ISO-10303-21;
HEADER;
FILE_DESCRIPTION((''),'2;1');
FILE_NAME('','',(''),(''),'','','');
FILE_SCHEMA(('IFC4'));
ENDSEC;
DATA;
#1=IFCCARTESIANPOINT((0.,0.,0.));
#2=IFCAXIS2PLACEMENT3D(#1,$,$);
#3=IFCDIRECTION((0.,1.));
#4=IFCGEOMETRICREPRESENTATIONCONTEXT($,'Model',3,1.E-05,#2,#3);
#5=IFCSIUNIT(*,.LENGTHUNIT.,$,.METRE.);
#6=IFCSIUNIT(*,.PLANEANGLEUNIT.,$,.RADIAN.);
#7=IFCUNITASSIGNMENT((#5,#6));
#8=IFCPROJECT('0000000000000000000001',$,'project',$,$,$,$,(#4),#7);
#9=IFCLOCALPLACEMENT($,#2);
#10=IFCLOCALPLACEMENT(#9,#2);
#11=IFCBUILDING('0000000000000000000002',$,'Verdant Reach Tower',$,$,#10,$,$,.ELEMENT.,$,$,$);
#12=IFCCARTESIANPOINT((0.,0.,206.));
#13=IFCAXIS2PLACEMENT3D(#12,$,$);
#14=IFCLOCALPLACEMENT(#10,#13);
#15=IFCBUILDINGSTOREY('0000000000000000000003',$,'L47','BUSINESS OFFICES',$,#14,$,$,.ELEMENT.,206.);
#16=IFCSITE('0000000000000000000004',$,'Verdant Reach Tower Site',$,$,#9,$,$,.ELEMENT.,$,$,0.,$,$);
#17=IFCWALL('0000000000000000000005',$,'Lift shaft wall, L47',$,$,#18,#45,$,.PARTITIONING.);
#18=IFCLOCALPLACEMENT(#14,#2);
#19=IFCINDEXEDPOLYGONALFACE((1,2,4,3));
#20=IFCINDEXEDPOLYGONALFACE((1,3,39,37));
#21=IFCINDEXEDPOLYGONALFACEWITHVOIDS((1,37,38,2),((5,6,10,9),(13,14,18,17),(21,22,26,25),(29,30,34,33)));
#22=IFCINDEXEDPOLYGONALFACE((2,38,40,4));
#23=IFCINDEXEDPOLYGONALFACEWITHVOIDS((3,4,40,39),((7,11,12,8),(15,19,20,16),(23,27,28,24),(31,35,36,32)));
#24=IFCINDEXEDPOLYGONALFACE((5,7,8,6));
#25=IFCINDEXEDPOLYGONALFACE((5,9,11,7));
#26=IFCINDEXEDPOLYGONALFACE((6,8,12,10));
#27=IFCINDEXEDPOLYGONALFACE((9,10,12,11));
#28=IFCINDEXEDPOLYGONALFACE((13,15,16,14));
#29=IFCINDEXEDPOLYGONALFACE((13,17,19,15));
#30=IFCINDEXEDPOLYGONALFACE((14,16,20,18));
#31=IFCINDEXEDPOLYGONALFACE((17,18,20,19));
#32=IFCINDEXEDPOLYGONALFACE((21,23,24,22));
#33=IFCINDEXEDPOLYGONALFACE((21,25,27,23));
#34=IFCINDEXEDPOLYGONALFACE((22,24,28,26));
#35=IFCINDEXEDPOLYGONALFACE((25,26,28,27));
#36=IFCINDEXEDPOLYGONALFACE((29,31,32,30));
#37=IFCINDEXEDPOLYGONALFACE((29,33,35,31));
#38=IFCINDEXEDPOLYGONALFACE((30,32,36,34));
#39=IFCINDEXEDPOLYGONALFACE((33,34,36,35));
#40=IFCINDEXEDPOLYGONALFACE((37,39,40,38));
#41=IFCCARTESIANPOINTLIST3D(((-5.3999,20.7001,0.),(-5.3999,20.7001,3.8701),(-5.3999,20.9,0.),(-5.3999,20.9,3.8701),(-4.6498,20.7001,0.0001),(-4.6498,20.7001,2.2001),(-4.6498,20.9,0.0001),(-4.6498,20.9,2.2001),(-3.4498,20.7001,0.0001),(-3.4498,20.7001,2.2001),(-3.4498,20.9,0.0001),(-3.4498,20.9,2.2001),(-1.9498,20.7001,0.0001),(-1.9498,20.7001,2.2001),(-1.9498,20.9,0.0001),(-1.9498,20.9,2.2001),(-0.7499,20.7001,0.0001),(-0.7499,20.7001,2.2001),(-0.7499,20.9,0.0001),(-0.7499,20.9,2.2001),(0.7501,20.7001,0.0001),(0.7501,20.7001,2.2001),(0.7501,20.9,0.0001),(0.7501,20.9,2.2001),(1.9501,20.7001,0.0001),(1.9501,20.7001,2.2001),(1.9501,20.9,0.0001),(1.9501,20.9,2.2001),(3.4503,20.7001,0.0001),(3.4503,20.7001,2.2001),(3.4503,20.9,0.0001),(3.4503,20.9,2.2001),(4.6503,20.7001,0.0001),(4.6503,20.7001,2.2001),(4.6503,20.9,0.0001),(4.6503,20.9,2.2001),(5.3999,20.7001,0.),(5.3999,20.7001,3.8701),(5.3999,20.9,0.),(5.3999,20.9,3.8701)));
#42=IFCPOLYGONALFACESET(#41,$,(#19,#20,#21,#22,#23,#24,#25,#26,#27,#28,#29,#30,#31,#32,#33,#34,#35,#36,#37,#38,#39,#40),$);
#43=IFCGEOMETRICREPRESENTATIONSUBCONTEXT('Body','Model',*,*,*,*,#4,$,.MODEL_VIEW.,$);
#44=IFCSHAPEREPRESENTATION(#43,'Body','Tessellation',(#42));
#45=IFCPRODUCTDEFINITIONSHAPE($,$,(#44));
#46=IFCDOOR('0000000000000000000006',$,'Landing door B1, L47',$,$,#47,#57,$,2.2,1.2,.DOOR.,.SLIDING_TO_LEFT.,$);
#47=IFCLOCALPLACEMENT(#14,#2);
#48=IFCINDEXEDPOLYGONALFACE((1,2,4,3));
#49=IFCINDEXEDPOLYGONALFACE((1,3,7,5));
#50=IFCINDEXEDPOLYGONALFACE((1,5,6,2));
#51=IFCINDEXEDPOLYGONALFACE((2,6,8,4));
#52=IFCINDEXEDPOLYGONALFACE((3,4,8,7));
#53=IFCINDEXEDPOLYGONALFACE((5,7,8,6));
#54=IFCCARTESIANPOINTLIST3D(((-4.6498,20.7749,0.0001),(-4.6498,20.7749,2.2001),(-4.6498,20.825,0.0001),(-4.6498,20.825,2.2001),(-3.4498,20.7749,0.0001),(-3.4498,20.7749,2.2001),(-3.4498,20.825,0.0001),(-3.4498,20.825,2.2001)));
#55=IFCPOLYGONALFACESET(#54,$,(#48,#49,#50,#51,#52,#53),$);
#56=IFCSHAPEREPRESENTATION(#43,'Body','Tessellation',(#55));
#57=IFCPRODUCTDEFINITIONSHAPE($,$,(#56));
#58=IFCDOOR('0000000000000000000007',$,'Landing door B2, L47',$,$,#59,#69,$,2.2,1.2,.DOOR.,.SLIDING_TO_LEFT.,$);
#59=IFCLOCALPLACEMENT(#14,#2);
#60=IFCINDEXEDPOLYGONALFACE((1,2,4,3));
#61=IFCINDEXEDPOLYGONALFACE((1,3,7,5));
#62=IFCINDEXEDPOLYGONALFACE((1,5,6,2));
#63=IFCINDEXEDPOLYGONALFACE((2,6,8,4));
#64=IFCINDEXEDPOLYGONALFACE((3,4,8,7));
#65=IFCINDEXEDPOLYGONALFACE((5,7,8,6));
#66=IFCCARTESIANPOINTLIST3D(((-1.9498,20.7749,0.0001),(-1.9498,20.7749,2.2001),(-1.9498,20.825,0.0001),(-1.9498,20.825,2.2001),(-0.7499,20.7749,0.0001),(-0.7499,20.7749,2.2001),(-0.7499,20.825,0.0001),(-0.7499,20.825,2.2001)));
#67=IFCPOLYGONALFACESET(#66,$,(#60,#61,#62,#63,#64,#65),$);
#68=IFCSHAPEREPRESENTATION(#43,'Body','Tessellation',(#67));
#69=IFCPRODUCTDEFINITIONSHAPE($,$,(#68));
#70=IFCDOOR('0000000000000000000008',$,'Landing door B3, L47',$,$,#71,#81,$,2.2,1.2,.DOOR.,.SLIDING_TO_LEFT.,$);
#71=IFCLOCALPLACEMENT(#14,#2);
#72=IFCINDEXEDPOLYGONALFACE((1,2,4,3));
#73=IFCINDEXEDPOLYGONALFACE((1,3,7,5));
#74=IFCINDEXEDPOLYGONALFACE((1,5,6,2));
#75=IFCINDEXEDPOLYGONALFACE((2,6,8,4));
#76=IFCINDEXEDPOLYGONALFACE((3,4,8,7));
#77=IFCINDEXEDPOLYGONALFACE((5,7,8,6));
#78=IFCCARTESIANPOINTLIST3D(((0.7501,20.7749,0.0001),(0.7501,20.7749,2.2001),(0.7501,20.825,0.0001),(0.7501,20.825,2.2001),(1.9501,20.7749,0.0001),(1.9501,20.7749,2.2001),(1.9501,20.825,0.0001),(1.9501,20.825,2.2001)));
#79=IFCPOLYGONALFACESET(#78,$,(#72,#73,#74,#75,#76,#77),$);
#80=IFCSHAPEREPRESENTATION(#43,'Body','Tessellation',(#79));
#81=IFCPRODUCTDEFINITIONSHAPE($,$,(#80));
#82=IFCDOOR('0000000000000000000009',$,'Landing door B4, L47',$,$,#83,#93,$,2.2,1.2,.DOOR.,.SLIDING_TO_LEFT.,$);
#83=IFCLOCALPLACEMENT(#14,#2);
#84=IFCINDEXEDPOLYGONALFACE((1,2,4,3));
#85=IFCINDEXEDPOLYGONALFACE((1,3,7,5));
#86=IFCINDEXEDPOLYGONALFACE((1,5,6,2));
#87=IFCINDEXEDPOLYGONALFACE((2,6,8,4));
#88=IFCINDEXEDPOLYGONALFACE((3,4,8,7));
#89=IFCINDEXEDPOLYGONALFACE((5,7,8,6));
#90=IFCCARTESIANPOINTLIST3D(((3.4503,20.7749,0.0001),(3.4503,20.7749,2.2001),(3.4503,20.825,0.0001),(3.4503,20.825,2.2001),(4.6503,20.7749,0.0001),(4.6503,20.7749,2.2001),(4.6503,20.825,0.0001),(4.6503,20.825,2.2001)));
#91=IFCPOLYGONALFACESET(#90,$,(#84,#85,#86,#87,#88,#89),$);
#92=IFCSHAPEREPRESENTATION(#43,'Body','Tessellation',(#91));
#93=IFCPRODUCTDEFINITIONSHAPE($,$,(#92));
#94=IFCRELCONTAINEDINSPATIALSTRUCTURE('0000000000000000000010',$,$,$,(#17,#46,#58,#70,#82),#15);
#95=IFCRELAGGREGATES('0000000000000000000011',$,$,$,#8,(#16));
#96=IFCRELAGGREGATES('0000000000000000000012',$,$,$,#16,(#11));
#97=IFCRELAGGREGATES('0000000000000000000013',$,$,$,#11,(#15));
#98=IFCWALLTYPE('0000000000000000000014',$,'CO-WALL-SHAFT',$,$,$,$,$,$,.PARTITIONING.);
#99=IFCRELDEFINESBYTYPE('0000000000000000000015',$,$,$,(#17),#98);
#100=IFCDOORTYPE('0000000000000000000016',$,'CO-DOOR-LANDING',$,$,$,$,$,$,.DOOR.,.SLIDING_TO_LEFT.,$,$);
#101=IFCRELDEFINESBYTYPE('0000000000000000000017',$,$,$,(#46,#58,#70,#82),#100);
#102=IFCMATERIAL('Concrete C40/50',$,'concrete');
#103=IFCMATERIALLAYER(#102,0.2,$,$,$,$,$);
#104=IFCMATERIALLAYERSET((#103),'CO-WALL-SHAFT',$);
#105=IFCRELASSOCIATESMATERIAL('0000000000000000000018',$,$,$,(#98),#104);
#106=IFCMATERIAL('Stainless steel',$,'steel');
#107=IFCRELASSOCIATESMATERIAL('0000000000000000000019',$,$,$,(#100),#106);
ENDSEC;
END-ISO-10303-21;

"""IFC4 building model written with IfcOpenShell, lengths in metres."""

from ifc_helpers import new_model, si_unit, direction, frame, frame_2d, origin, place, context, subcontext, project, spatial, rectangle, extrude, material, layer, layer_set, type_object, element, fill, save


model = new_model("IFC4")

# Units and contexts
model_context = context("Model", 3, precision=1e-05, world=origin(), true_north=direction((0.0, 1.0)))
body_context = subcontext(model_context, "Body", "Model", "MODEL_VIEW")
ifc_project = project(units=[si_unit("LENGTHUNIT", "METRE"), si_unit("PLANEANGLEUNIT", "RADIAN")], contexts=[model_context])

# Site, building, storey
site_placement = place(None, origin())
site = spatial("IfcSite", under=ifc_project, at=site_placement, Name="Verdant Reach Tower Site", CompositionType="ELEMENT", RefElevation=0.0)
building_placement = place(site_placement, origin())
building = spatial("IfcBuilding", under=site, at=building_placement, Name="Verdant Reach Tower", CompositionType="ELEMENT")
storey_placement = place(building_placement, frame((0.0, 0.0, 206.0)))
storey = spatial("IfcBuildingStorey", under=building, at=storey_placement, Name="L47", Description="BUSINESS OFFICES", CompositionType="ELEMENT", Elevation=206.0)

# Wall, openings, doors
ifc_material_1 = material(Name="Concrete C40/50", Category="concrete")
ifc_layer_1 = layer(ifc_material_1, 0.2)
ifc_layer_set_1 = layer_set([ifc_layer_1], Name="CO-WALL-SHAFT")
wall_type_1 = type_object("IfcWallType", Name="CO-WALL-SHAFT", PredefinedType="PARTITIONING", material=ifc_layer_set_1)
wall_1_placement = place(storey_placement, frame((-5.3999, 20.8, 0.0), z_axis=(0.0, 0.0, 1.0), x_axis=(1.0, 0.0, 0.0)))
wall_1 = element("IfcWall", 1, at=wall_1_placement, inside=storey, type_object=wall_type_1, Name="Lift shaft wall, L47", PredefinedType="PARTITIONING", context=body_context, shape_type="SweptSolid", body=[
    extrude(rectangle(XDim=10.7998, YDim=0.2, at=frame_2d((5.3999, 0.0))), origin(), (0.0, 0.0, 1.0), 3.8701),
])
opening_1_placement = place(wall_1_placement, frame((0.75, 0.0, 0.0)))
opening_1 = element("IfcOpeningElement", 2, at=opening_1_placement, cuts=wall_1, PredefinedType="OPENING", context=body_context, shape_type="SweptSolid", body=[
    extrude(rectangle(XDim=1.2, YDim=2.2, at=frame_2d((0.6001, 1.1001))), frame((0.0, 0.1099, 0.0), z_axis=(0.0, -1.0, 0.0), x_axis=(1.0, 0.0, 0.0)), (0.0, 0.0, 1.0), 0.22),
])
opening_2_placement = place(wall_1_placement, frame((3.45, 0.0, 0.0)))
opening_2 = element("IfcOpeningElement", 3, at=opening_2_placement, cuts=wall_1, PredefinedType="OPENING", context=body_context, shape_type="SweptSolid", body=[
    extrude(rectangle(XDim=1.2, YDim=2.2, at=frame_2d((0.6001, 1.1001))), frame((0.0, 0.1099, 0.0), z_axis=(0.0, -1.0, 0.0), x_axis=(1.0, 0.0, 0.0)), (0.0, 0.0, 1.0), 0.22),
])
opening_3_placement = place(wall_1_placement, frame((6.1499, 0.0, 0.0)))
opening_3 = element("IfcOpeningElement", 4, at=opening_3_placement, cuts=wall_1, PredefinedType="OPENING", context=body_context, shape_type="SweptSolid", body=[
    extrude(rectangle(XDim=1.2, YDim=2.2, at=frame_2d((0.6001, 1.1001))), frame((0.0, 0.1099, 0.0), z_axis=(0.0, -1.0, 0.0), x_axis=(1.0, 0.0, 0.0)), (0.0, 0.0, 1.0), 0.22),
])
opening_4_placement = place(wall_1_placement, frame((8.8501, 0.0, 0.0)))
opening_4 = element("IfcOpeningElement", 5, at=opening_4_placement, cuts=wall_1, PredefinedType="OPENING", context=body_context, shape_type="SweptSolid", body=[
    extrude(rectangle(XDim=1.2, YDim=2.2, at=frame_2d((0.6001, 1.1001))), frame((0.0, 0.1099, 0.0), z_axis=(0.0, -1.0, 0.0), x_axis=(1.0, 0.0, 0.0)), (0.0, 0.0, 1.0), 0.22),
])
ifc_material_2 = material(Name="Stainless steel", Category="steel")
door_type_1 = type_object("IfcDoorType", Name="CO-DOOR-LANDING", OperationType="SLIDING_TO_LEFT", PredefinedType="DOOR", material=ifc_material_2)
door_1_placement = place(opening_1_placement, origin())
door_1 = element("IfcDoor", 6, at=door_1_placement, inside=storey, type_object=door_type_1, Name="Landing door B1, L47", OperationType="SLIDING_TO_LEFT", OverallHeight=2.2, OverallWidth=1.2, PredefinedType="DOOR", context=body_context, shape_type="SweptSolid", body=[
    extrude(rectangle(XDim=1.2, YDim=2.2, at=frame_2d((0.6001, 1.1001))), frame((0.0, 0.0249, 0.0), z_axis=(0.0, -1.0, 0.0), x_axis=(1.0, 0.0, 0.0)), (0.0, 0.0, 1.0), 0.05),
])
fill(opening_1, door_1)
door_2_placement = place(opening_2_placement, origin())
door_2 = element("IfcDoor", 7, at=door_2_placement, inside=storey, type_object=door_type_1, Name="Landing door B2, L47", OperationType="SLIDING_TO_LEFT", OverallHeight=2.2, OverallWidth=1.2, PredefinedType="DOOR", context=body_context, shape_type="SweptSolid", body=[
    extrude(rectangle(XDim=1.2, YDim=2.2, at=frame_2d((0.6001, 1.1001))), frame((0.0, 0.0249, 0.0), z_axis=(0.0, -1.0, 0.0), x_axis=(1.0, 0.0, 0.0)), (0.0, 0.0, 1.0), 0.05),
])
fill(opening_2, door_2)
door_3_placement = place(opening_3_placement, origin())
door_3 = element("IfcDoor", 8, at=door_3_placement, inside=storey, type_object=door_type_1, Name="Landing door B3, L47", OperationType="SLIDING_TO_LEFT", OverallHeight=2.2, OverallWidth=1.2, PredefinedType="DOOR", context=body_context, shape_type="SweptSolid", body=[
    extrude(rectangle(XDim=1.2, YDim=2.2, at=frame_2d((0.6001, 1.1001))), frame((0.0, 0.0249, 0.0), z_axis=(0.0, -1.0, 0.0), x_axis=(1.0, 0.0, 0.0)), (0.0, 0.0, 1.0), 0.05),
])
fill(opening_3, door_3)
door_4_placement = place(opening_4_placement, origin())
door_4 = element("IfcDoor", 9, at=door_4_placement, inside=storey, type_object=door_type_1, Name="Landing door B4, L47", OperationType="SLIDING_TO_LEFT", OverallHeight=2.2, OverallWidth=1.2, PredefinedType="DOOR", context=body_context, shape_type="SweptSolid", body=[
    extrude(rectangle(XDim=1.2, YDim=2.2, at=frame_2d((0.6001, 1.1001))), frame((0.0, 0.0249, 0.0), z_axis=(0.0, -1.0, 0.0), x_axis=(1.0, 0.0, 0.0)), (0.0, 0.0, 1.0), 0.05),
])
fill(opening_4, door_4)

save(model, "model.ifc")
